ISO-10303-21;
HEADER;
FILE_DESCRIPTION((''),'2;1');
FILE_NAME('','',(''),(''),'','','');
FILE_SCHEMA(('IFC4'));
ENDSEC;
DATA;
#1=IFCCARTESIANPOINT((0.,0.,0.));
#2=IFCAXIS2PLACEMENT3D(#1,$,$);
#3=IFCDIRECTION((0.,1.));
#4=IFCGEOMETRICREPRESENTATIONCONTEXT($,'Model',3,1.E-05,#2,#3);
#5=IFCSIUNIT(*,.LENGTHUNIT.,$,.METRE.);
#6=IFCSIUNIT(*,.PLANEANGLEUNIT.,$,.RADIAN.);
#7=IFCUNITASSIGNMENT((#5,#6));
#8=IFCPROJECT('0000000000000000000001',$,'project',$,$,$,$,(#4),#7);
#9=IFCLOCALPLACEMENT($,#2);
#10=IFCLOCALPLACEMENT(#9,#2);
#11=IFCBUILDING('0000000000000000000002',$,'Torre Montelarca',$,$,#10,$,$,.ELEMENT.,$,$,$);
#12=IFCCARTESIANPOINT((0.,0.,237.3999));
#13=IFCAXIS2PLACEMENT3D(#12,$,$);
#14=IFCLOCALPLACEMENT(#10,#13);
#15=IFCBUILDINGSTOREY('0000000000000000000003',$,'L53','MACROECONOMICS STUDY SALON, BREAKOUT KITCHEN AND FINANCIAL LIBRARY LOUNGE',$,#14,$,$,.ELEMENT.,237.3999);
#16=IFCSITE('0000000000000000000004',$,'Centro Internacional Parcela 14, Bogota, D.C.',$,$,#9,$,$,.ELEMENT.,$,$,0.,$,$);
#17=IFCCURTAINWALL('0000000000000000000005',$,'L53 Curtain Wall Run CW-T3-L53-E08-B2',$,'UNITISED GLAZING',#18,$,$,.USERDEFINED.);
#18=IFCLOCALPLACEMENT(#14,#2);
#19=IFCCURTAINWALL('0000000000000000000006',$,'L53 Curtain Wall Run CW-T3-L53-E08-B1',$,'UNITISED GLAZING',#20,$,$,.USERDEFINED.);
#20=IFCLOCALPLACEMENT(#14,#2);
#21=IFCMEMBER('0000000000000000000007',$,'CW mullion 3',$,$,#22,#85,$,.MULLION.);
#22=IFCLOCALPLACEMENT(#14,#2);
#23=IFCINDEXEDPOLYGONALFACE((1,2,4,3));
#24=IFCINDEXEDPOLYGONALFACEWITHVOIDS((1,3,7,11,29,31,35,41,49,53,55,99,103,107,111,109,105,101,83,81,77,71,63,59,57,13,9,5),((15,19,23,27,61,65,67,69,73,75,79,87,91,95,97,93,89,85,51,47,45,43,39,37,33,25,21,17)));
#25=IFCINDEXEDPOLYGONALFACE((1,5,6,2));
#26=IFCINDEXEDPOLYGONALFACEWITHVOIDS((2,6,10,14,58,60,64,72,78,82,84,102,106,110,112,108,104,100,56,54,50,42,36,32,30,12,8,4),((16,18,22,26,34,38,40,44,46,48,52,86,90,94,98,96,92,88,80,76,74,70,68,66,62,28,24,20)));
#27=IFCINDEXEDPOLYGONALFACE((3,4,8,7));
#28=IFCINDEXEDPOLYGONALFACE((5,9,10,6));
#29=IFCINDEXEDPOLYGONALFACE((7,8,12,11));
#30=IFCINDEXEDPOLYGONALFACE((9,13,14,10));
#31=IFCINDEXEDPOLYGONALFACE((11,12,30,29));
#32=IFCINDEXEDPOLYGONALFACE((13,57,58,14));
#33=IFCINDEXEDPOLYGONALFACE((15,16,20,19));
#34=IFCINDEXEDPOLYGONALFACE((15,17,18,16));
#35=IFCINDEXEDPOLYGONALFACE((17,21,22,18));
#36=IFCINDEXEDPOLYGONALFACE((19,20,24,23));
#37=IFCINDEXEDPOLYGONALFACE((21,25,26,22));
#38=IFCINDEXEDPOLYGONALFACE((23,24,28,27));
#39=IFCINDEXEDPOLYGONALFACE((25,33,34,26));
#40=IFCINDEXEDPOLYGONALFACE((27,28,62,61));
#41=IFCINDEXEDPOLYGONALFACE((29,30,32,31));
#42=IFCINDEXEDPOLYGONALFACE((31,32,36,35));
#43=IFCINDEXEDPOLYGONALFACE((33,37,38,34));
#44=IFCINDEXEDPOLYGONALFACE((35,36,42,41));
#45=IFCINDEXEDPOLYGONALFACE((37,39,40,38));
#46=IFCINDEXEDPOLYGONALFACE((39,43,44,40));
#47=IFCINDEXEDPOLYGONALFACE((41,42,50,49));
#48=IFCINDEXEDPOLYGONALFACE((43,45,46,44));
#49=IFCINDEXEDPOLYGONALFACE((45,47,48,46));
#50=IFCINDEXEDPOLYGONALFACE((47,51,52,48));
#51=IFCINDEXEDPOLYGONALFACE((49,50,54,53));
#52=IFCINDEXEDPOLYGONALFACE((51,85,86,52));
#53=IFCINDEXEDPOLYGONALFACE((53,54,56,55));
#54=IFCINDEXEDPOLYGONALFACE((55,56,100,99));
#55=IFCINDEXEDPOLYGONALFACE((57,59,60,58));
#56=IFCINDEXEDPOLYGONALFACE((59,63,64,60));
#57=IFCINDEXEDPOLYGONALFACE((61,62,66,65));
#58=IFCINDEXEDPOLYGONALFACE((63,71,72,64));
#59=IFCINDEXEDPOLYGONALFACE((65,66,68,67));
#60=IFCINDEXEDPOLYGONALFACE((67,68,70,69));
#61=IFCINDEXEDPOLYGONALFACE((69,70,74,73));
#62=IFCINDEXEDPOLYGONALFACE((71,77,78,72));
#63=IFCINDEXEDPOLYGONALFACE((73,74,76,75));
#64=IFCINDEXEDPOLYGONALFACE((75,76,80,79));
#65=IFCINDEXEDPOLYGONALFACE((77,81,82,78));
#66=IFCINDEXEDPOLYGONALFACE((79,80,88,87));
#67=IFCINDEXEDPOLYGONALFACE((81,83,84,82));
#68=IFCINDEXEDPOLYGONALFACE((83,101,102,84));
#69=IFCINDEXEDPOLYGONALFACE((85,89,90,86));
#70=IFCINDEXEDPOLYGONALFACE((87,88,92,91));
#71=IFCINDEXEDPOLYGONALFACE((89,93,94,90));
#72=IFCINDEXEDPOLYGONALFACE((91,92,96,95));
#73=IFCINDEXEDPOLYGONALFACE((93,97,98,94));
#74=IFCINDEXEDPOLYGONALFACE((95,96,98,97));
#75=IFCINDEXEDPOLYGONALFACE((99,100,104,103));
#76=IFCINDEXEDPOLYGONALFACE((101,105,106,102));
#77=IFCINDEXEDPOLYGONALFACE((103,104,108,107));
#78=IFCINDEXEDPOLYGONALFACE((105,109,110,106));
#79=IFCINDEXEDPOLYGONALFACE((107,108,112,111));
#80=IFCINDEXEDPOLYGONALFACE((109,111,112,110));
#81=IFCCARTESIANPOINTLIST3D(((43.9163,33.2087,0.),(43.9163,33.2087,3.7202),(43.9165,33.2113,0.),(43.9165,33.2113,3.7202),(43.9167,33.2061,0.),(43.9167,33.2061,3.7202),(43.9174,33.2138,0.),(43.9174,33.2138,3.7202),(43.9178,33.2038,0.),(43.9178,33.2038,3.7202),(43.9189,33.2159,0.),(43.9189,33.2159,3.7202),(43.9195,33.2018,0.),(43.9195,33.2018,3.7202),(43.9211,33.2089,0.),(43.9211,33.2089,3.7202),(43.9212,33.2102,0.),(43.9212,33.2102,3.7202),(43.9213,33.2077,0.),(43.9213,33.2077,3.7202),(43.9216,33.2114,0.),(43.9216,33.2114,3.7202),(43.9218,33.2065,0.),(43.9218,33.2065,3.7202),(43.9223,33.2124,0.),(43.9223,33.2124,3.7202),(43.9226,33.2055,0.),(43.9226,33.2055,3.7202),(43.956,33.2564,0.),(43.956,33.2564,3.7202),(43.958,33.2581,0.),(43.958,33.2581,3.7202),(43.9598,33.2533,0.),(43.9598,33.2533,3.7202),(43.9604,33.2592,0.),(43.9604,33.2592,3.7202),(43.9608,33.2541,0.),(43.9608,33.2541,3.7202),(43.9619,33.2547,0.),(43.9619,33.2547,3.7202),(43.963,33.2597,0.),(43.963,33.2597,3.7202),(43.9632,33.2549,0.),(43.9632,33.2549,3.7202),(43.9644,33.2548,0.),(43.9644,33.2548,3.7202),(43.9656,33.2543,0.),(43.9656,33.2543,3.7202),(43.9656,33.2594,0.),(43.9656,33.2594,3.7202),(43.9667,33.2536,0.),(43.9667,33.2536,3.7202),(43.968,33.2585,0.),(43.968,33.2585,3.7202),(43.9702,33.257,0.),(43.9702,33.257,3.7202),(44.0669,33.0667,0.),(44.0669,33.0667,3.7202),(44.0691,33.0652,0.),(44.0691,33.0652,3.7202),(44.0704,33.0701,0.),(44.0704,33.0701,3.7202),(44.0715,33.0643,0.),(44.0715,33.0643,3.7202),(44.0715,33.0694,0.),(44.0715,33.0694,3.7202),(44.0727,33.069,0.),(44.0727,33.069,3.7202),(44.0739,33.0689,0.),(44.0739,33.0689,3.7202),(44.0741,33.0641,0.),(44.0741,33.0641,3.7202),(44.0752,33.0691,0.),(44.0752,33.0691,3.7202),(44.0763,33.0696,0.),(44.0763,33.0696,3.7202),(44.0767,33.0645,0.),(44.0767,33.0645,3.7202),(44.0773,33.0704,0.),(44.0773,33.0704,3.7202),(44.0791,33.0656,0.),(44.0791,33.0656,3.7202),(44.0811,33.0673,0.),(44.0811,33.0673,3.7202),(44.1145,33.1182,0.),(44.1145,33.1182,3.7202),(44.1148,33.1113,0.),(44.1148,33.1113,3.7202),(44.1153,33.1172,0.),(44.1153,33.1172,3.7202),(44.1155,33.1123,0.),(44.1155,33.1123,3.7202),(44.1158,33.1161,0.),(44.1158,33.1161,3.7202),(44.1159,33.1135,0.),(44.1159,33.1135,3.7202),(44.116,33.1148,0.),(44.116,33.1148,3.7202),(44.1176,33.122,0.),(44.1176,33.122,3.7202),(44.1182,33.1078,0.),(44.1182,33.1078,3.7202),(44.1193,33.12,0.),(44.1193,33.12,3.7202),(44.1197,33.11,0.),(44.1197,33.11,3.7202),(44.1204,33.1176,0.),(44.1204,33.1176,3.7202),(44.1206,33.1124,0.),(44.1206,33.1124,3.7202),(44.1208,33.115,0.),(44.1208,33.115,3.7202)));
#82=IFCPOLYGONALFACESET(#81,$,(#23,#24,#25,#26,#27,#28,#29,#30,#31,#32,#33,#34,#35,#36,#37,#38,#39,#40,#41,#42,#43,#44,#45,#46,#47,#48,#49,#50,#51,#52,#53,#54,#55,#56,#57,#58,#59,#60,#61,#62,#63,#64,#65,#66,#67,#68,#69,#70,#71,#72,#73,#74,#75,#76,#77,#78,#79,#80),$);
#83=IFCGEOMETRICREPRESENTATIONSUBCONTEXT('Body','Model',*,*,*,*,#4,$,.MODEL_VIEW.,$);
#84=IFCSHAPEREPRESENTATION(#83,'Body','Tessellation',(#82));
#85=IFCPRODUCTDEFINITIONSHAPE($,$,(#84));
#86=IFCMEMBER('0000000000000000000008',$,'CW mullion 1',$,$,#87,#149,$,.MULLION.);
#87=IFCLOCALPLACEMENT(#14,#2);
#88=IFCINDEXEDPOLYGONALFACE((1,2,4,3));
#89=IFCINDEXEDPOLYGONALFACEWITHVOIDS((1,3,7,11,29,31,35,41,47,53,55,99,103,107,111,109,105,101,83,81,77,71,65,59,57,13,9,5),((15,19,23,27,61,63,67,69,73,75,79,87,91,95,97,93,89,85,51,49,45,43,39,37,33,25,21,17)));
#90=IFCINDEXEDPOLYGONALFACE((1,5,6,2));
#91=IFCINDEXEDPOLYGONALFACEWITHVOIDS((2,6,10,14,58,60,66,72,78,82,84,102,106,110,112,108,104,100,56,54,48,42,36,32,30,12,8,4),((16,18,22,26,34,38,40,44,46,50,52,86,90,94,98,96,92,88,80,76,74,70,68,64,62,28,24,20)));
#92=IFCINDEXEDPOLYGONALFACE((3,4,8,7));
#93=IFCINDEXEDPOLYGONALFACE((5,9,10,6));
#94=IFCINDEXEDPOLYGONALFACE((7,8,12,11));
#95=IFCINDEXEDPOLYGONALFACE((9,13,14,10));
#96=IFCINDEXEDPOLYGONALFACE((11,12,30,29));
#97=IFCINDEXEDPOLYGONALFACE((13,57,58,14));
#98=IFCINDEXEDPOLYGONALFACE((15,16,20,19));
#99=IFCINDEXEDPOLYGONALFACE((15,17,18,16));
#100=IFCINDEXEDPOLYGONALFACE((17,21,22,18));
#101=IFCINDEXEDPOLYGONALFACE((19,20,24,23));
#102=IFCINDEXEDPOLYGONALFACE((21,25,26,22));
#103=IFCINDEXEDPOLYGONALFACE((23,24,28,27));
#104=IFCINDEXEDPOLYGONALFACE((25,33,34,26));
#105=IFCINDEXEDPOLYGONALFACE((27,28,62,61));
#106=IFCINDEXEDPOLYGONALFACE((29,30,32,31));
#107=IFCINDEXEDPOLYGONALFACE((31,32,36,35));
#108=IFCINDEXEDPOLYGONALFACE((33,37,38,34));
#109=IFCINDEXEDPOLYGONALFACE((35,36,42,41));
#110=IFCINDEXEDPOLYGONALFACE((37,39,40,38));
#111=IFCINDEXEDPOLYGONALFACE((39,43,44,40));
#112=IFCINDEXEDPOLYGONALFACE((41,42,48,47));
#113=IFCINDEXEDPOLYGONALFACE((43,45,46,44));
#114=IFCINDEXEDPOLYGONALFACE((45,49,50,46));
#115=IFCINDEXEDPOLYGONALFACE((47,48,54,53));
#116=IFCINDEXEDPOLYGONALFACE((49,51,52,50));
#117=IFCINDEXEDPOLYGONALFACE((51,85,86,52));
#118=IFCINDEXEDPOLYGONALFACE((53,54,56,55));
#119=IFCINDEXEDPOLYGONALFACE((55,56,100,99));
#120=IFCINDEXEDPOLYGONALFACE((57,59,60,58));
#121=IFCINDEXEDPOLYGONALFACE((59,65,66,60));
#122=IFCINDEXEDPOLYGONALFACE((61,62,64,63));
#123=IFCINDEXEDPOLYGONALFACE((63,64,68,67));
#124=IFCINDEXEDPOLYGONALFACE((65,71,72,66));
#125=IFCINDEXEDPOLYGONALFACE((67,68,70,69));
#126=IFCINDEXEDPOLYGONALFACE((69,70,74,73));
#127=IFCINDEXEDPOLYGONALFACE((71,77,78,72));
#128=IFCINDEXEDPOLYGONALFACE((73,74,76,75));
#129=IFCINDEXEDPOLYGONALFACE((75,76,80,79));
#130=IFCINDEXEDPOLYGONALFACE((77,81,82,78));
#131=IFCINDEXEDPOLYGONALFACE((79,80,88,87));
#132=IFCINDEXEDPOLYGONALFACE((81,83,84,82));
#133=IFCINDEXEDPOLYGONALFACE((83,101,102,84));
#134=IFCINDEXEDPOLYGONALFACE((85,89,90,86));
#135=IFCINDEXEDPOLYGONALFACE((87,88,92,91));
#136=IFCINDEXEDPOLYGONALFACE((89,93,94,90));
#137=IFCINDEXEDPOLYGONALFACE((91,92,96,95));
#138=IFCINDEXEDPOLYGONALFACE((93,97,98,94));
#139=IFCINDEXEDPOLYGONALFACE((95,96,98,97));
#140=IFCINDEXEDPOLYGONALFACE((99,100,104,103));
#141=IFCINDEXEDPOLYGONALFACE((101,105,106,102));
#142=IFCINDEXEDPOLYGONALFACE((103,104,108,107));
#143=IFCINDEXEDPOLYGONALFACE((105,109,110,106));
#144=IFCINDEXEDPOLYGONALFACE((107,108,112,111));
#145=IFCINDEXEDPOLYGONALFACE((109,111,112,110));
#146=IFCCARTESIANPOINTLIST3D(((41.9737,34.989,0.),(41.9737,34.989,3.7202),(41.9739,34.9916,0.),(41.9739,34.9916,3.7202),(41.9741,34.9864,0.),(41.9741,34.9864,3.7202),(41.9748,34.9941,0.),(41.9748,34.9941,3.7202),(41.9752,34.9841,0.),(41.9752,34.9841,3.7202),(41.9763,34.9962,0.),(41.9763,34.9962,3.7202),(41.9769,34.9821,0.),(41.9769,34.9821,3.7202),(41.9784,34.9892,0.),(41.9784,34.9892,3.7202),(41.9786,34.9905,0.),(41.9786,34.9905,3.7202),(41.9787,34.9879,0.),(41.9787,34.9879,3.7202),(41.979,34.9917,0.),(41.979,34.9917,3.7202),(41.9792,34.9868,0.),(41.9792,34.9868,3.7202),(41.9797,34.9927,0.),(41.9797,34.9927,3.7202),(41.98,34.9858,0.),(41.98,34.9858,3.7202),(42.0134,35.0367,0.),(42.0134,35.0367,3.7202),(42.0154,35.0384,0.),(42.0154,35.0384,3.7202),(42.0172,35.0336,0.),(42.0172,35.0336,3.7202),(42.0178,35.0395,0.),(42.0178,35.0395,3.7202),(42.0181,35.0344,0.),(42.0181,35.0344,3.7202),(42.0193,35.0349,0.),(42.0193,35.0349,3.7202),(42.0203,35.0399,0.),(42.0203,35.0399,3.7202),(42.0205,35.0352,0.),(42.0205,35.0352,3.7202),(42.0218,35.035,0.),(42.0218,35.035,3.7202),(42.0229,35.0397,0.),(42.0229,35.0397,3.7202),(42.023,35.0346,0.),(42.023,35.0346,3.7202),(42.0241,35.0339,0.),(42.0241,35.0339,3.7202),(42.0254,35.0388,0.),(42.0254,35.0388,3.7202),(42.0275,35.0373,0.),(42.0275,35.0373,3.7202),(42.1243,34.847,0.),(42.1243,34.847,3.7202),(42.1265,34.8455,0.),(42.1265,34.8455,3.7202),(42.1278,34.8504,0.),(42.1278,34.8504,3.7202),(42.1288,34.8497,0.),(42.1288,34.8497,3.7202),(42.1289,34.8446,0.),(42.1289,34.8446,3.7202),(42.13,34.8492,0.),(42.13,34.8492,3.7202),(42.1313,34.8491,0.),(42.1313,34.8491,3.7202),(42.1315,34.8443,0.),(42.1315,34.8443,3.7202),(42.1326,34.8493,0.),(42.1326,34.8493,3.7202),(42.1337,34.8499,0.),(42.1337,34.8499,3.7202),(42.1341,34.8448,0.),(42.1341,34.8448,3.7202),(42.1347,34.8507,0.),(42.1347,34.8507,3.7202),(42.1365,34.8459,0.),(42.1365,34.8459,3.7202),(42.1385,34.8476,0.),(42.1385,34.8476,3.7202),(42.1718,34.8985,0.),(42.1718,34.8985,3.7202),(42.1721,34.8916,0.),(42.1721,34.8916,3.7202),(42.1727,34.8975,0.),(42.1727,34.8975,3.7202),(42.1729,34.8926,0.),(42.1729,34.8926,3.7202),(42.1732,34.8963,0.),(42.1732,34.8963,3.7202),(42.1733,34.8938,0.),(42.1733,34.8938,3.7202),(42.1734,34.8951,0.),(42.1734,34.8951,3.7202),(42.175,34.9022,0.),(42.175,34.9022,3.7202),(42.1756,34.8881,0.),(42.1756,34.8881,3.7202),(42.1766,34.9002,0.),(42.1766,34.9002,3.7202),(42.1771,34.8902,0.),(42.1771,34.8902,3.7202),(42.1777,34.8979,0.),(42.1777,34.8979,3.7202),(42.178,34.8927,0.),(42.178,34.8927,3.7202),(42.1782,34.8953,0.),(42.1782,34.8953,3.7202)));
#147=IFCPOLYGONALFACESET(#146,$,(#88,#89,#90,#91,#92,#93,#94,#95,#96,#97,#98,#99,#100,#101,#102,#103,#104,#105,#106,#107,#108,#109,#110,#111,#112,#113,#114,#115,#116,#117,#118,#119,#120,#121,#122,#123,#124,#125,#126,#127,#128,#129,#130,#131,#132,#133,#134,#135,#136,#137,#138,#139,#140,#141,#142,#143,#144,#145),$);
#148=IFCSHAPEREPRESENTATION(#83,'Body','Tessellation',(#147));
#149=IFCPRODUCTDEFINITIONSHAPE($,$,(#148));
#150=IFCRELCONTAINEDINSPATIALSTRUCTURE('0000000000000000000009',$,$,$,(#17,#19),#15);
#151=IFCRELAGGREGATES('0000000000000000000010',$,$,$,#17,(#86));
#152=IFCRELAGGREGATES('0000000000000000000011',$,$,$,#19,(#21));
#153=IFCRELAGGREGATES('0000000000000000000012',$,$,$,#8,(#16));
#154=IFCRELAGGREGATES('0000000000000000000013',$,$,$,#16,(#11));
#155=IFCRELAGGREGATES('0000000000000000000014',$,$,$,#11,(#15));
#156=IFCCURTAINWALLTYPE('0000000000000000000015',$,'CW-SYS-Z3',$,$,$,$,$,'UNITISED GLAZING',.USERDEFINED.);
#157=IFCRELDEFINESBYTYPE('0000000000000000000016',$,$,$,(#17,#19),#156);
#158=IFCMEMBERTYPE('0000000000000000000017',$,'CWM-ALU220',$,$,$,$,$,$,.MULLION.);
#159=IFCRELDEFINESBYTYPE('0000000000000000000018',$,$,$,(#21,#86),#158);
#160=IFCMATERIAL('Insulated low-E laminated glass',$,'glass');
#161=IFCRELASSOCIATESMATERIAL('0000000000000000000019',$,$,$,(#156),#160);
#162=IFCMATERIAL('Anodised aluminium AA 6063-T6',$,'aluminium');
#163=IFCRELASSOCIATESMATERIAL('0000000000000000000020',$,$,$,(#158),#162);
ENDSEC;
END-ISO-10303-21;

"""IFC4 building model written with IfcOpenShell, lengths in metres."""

from ifc_helpers import new_model, si_unit, direction, frame, origin, origin_2d, place, context, subcontext, project, spatial, hollow_rectangle, extrude, source, transform, mapped, material, material_profile, profile_set, type_object, element, aggregate, save


model = new_model("IFC4")

# Units and contexts
model_context = context("Model", 3, precision=1e-05, world=origin(), true_north=direction((0.0, 1.0)))
body_context = subcontext(model_context, "Body", "Model", "MODEL_VIEW")
ifc_project = project(units=[si_unit("LENGTHUNIT", "METRE"), si_unit("PLANEANGLEUNIT", "RADIAN")], contexts=[model_context])

# Site, building, storey
site_placement = place(None, origin())
site = spatial("IfcSite", under=ifc_project, at=site_placement, Name="Centro Internacional Parcela 14, Bogota, D.C.", CompositionType="ELEMENT", RefElevation=0.0)
building_placement = place(site_placement, origin())
building = spatial("IfcBuilding", under=site, at=building_placement, Name="Torre Montelarca", CompositionType="ELEMENT")
storey_placement = place(building_placement, frame((0.0, 0.0, 237.3999)))
storey = spatial("IfcBuildingStorey", under=building, at=storey_placement, Name="L53", Description="MACROECONOMICS STUDY SALON, BREAKOUT KITCHEN AND FINANCIAL LIBRARY LOUNGE", CompositionType="ELEMENT", Elevation=237.3999)

# Curtain wall
ifc_material_1 = material(Name="Insulated low-E laminated glass", Category="glass")
curtain_wall_type = type_object("IfcCurtainWallType", Name="CW-SYS-Z3", ElementType="UNITISED GLAZING", PredefinedType="USERDEFINED", material=ifc_material_1)
curtain_wall_1_placement = place(storey_placement, origin())
curtain_wall_1 = element("IfcCurtainWall", 1, at=curtain_wall_1_placement, inside=storey, type_object=curtain_wall_type, Name="L53 Curtain Wall Run CW-T3-L53-E08-B2", ObjectType="UNITISED GLAZING", PredefinedType="USERDEFINED")
ifc_material_2 = material(Name="Anodised aluminium AA 6063-T6", Category="aluminium")

# Curtain wall, member
curtain_wall_2_placement = place(storey_placement, origin())
curtain_wall_2 = element("IfcCurtainWall", 2, at=curtain_wall_2_placement, inside=storey, type_object=curtain_wall_type, Name="L53 Curtain Wall Run CW-T3-L53-E08-B1", ObjectType="UNITISED GLAZING", PredefinedType="USERDEFINED")
ifc_material_profile_1 = material_profile(ifc_material_2, hollow_rectangle(XDim=0.075, YDim=0.22, WallThickness=0.0049, InnerFilletRadius=0.0049, OuterFilletRadius=0.01, at=origin_2d()), Name="ALU75X220X5", Category="aluminium")
ifc_profile_set_1 = profile_set([ifc_material_profile_1], Name="Anodised aluminium AA 6063-T6")
member_type_1 = type_object("IfcMemberType", Name="CWM-ALU220", PredefinedType="MULLION", material=ifc_profile_set_1)
shared_shape_1 = source(origin(), body_context, "Body", "SweptSolid", [
    extrude(hollow_rectangle(XDim=0.075, YDim=0.22, WallThickness=0.0049, InnerFilletRadius=0.0049, OuterFilletRadius=0.01, at=origin_2d()), origin(), (0.0, 0.0, 1.0), 3.7202),
])
member_1_placement = place(storey_placement, frame((44.0186, 33.1619, 0.0), z_axis=(0.0, 0.0, 1.0), x_axis=(-0.67558, -0.737286, 0.0)))
member_1 = element("IfcMember", 3, at=member_1_placement, type_object=member_type_1, Name="CW mullion 3", PredefinedType="MULLION", context=body_context, shape_type="MappedRepresentation", body=[
    mapped(shared_shape_1, transform((0.0, 0.0, 0.0), scale=1.0)),
])

# Member
member_2_placement = place(storey_placement, frame((42.0759, 34.9421, 0.0), z_axis=(0.0, 0.0, 1.0), x_axis=(-0.675595, -0.737273, 0.0)))
member_2 = element("IfcMember", 4, at=member_2_placement, type_object=member_type_1, Name="CW mullion 1", PredefinedType="MULLION", context=body_context, shape_type="MappedRepresentation", body=[
    mapped(shared_shape_1, transform((0.0, 0.0, 0.0), scale=1.0)),
])

aggregate(curtain_wall_1, [member_2])
aggregate(curtain_wall_2, [member_1])

save(model, "model.ifc")
